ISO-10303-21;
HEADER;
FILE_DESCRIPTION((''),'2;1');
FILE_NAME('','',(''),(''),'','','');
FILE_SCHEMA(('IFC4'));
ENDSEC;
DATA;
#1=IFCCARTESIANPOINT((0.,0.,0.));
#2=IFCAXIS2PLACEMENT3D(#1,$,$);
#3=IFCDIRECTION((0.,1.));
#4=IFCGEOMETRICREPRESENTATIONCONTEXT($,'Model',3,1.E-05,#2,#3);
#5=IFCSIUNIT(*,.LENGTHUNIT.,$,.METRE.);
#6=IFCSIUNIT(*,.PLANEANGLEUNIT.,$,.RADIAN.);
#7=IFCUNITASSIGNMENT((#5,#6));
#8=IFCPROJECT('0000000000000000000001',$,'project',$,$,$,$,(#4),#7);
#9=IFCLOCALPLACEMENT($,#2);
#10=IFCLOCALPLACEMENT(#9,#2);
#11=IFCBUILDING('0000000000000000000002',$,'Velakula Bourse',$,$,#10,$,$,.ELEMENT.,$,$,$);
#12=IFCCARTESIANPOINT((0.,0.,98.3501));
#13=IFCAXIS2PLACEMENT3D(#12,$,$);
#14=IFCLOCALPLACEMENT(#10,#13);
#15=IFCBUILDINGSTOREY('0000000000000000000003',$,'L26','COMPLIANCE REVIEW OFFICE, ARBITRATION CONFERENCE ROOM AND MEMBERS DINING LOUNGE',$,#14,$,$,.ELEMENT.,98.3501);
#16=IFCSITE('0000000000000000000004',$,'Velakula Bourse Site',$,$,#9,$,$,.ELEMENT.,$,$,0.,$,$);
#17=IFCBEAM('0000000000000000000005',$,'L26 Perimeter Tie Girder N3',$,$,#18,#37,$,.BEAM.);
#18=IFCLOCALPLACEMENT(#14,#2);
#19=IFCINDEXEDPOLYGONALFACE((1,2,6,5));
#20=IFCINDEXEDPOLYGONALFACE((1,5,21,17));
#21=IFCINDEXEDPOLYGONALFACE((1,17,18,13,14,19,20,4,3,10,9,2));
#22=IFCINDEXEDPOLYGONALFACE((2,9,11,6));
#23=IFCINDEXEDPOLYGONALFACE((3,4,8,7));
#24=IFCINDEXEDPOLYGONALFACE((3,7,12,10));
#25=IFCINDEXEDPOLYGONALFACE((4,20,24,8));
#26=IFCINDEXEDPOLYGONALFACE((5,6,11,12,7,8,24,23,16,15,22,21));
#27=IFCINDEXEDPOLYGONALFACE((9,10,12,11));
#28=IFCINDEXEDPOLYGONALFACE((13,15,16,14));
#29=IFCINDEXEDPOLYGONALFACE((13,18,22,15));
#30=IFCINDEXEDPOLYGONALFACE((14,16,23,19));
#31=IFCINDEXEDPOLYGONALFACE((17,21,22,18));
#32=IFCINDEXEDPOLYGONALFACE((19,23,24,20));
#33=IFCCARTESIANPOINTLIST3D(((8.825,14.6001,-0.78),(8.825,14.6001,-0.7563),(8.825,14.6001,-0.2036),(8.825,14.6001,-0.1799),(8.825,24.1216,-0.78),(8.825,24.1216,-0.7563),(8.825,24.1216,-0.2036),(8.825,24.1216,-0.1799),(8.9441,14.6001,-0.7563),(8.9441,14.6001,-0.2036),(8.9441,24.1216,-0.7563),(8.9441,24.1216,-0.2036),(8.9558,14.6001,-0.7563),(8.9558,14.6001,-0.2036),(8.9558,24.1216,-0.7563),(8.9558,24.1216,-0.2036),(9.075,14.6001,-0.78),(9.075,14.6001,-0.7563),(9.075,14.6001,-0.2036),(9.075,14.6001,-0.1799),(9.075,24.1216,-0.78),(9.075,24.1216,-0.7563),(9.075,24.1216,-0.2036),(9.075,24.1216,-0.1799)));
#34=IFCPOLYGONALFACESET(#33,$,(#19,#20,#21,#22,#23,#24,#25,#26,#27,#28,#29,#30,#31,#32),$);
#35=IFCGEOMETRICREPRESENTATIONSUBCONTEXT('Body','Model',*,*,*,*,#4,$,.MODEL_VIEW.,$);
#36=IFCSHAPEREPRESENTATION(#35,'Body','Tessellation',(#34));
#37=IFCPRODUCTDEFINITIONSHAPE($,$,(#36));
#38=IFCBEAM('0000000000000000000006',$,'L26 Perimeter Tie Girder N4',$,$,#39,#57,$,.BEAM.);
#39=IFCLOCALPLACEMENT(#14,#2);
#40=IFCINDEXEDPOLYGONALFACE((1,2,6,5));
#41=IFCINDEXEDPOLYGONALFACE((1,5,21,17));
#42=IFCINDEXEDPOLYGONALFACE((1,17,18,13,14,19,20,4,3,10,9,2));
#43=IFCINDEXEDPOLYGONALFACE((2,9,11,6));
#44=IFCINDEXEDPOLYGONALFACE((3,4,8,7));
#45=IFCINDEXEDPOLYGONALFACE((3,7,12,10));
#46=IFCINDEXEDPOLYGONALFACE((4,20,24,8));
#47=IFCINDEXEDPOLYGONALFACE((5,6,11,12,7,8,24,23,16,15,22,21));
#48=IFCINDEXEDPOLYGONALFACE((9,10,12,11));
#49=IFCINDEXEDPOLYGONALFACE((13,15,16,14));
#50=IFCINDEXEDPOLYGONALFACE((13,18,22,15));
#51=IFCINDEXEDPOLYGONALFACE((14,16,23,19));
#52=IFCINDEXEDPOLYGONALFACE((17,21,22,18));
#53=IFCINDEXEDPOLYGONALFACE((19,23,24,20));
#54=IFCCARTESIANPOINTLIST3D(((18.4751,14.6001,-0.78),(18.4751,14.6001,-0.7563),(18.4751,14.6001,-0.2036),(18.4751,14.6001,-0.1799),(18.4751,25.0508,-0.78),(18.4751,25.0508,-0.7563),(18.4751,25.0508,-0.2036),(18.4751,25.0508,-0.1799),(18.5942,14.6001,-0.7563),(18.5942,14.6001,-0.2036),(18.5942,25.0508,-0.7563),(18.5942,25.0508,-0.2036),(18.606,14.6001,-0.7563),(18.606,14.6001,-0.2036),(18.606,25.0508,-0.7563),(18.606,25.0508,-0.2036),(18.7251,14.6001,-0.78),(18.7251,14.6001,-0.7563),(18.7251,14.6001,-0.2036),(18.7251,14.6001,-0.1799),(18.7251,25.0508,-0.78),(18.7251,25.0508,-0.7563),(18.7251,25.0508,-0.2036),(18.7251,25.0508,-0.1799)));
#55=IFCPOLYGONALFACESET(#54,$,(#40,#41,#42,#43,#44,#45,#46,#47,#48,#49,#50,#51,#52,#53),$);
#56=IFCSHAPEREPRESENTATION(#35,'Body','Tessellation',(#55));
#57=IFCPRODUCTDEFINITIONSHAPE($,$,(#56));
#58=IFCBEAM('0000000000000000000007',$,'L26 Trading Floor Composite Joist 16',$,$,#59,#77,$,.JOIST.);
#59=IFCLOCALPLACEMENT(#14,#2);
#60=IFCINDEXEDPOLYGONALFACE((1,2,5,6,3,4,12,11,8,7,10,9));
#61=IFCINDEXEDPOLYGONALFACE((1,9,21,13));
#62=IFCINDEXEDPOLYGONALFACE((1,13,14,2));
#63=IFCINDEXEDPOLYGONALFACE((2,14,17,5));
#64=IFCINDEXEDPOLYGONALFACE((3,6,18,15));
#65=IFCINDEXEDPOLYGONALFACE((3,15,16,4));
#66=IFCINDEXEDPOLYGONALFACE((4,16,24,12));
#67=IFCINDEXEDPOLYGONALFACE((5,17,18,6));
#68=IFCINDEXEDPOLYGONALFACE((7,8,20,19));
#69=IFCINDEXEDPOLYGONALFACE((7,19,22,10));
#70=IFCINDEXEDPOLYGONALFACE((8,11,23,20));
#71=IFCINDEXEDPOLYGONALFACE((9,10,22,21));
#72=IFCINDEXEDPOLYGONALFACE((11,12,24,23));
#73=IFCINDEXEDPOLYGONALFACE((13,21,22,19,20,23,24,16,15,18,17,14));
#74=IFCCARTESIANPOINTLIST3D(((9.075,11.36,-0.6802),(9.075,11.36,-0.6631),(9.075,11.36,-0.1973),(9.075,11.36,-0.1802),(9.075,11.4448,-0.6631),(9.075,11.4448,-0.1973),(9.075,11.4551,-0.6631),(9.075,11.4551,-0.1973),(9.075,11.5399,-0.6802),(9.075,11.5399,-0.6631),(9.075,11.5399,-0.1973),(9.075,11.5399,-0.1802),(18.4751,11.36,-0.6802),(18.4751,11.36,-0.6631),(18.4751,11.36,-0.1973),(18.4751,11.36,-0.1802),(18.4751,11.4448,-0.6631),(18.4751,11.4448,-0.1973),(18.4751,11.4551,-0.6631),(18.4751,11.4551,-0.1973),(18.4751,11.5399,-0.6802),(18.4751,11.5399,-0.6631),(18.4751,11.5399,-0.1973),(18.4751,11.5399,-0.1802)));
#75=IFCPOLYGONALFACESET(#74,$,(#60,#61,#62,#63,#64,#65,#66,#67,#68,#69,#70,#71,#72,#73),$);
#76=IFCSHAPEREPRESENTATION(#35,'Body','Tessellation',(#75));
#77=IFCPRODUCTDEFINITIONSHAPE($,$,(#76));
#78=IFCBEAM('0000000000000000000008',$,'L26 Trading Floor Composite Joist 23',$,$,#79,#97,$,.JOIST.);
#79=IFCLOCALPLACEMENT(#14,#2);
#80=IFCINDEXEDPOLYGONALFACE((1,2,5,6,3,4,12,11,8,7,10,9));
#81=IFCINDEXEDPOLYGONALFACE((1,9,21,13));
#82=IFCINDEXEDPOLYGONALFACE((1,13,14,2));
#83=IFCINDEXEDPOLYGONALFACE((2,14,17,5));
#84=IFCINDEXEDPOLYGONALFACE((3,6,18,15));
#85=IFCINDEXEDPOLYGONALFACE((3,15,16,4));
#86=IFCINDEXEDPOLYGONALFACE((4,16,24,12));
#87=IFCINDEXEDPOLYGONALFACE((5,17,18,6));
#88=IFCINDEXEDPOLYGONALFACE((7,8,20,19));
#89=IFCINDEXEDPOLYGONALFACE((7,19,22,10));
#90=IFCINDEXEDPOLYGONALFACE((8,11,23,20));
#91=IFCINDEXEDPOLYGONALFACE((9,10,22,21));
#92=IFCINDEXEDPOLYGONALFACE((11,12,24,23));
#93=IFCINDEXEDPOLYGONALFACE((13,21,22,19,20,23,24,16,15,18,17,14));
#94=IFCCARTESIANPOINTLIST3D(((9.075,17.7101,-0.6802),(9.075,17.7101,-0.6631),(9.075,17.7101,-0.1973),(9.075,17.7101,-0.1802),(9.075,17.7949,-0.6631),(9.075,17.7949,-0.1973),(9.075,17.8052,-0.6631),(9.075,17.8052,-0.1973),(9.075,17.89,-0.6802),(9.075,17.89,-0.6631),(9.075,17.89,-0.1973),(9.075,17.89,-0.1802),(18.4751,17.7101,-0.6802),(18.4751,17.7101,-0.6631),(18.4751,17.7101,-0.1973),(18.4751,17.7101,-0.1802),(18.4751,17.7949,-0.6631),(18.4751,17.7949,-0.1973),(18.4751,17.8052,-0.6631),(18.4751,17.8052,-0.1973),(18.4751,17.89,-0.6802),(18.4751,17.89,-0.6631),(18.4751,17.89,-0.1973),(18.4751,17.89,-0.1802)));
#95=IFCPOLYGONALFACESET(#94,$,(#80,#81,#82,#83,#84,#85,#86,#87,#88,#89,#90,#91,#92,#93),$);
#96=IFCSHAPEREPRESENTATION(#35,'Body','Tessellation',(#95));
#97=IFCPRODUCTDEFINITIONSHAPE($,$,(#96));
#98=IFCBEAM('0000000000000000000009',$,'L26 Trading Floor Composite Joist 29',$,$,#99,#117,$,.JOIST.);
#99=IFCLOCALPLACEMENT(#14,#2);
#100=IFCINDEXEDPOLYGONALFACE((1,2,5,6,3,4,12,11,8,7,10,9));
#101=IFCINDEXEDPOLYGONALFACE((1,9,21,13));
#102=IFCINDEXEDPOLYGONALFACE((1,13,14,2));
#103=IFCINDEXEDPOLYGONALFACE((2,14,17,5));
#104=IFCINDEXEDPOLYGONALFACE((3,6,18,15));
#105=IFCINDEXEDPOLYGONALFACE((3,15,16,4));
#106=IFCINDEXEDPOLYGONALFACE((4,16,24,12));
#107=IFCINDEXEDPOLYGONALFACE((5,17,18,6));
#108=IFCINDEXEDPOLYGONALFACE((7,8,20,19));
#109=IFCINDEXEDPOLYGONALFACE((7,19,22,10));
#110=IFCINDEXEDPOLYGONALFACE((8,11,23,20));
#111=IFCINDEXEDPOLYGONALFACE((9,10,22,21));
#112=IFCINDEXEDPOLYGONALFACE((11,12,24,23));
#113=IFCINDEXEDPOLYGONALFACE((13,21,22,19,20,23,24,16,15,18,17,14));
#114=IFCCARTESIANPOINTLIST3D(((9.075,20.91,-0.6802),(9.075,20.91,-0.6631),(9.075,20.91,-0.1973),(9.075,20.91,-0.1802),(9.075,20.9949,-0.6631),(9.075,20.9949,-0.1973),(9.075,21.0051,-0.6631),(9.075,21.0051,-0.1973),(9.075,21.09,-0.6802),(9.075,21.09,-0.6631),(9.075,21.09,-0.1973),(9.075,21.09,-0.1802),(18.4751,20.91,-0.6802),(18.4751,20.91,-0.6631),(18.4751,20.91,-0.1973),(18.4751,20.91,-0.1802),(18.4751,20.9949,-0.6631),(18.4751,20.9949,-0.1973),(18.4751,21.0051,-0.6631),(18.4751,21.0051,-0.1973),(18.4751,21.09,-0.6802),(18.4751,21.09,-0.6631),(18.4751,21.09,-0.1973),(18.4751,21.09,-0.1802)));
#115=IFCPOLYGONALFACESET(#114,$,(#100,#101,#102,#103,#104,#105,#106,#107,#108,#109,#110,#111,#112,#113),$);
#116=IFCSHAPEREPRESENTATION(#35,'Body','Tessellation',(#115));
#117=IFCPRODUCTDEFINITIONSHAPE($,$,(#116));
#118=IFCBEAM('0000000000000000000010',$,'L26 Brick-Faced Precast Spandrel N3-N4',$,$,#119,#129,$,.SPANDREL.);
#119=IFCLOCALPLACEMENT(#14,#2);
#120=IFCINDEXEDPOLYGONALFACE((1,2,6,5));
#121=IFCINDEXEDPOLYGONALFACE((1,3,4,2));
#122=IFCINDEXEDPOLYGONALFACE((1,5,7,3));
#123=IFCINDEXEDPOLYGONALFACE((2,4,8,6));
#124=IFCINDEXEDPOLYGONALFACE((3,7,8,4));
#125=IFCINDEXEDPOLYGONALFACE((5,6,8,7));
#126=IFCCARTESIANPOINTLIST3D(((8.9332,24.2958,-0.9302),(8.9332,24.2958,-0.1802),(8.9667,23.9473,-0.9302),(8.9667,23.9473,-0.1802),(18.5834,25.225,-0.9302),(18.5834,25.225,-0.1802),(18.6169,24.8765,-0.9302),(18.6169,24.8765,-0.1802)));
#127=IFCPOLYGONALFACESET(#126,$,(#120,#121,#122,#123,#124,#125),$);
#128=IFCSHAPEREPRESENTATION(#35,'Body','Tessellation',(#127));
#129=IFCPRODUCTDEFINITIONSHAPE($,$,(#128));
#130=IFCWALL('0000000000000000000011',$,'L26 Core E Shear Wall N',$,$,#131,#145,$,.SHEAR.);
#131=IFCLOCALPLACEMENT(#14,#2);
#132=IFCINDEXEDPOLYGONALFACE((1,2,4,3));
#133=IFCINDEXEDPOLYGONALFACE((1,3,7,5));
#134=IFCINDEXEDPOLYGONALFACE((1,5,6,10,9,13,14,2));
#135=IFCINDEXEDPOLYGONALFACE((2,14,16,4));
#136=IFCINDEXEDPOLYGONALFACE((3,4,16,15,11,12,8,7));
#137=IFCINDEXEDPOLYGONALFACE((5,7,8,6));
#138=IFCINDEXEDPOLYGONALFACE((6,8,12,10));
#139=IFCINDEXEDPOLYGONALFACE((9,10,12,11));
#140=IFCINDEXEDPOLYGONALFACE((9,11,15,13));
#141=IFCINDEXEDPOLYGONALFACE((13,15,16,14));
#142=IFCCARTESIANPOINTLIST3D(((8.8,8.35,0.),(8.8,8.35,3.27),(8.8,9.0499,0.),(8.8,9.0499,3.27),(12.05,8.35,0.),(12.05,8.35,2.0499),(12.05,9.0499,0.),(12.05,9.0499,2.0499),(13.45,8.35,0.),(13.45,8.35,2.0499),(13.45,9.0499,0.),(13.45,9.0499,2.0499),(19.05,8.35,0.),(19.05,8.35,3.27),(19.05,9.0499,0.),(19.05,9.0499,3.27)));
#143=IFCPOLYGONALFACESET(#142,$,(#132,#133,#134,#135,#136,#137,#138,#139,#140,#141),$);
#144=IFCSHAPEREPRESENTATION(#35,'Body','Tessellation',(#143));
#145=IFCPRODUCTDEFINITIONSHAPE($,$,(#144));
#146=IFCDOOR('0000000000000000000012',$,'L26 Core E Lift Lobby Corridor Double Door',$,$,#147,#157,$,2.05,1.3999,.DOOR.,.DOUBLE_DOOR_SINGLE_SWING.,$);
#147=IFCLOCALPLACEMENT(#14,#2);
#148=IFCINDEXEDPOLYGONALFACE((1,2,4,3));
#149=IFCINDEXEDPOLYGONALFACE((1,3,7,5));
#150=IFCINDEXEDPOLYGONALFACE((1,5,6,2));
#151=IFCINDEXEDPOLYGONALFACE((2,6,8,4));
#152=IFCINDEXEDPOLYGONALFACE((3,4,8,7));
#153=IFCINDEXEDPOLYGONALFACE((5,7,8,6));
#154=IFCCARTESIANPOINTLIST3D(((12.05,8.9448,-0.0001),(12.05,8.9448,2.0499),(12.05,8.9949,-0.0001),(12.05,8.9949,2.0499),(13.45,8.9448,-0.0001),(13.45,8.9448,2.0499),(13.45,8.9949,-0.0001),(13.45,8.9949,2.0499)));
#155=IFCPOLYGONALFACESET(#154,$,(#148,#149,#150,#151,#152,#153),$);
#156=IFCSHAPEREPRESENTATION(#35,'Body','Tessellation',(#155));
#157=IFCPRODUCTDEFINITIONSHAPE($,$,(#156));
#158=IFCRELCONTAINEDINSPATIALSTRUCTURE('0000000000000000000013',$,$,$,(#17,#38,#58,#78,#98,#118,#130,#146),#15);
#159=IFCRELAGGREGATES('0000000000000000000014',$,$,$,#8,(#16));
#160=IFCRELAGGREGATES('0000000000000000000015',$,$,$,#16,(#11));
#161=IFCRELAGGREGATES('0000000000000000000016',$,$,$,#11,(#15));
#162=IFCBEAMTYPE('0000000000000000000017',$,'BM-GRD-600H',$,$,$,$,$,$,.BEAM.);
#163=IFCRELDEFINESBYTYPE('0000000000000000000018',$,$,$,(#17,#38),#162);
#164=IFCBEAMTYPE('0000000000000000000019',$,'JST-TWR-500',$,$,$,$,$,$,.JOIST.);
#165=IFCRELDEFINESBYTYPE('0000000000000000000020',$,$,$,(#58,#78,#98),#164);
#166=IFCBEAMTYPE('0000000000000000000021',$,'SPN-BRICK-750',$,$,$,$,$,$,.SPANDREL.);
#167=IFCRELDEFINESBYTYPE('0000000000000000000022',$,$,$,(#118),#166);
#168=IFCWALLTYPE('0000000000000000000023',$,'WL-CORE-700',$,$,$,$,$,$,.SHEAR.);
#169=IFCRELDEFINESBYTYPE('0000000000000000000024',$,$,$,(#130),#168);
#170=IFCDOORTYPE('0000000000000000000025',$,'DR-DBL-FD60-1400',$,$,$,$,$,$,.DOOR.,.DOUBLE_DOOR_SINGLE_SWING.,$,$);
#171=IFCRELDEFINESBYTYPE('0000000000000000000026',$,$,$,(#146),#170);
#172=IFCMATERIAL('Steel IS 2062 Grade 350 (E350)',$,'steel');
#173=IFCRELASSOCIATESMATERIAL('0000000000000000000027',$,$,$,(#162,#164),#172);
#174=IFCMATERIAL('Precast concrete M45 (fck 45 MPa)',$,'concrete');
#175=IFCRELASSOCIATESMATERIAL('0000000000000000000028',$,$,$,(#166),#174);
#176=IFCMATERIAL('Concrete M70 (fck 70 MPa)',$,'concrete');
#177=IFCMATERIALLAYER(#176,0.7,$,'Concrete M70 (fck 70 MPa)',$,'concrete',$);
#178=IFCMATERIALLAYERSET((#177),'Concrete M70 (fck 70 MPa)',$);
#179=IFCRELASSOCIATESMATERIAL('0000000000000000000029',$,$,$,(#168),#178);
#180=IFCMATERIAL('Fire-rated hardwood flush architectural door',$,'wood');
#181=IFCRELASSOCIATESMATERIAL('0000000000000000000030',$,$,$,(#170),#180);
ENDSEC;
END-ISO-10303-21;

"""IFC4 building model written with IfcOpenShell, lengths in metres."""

from ifc_helpers import new_model, si_unit, direction, frame, frame_2d, origin, origin_2d, place, context, subcontext, project, spatial, rectangle, i_section, extrude, material, layer, layer_set, material_profile, profile_set, type_object, element, fill, save


model = new_model("IFC4")

# Units and contexts
model_context = context("Model", 3, precision=1e-05, world=origin(), true_north=direction((0.0, 1.0)))
body_context = subcontext(model_context, "Body", "Model", "MODEL_VIEW")
ifc_project = project(units=[si_unit("LENGTHUNIT", "METRE"), si_unit("PLANEANGLEUNIT", "RADIAN")], contexts=[model_context])

# Site, building, storey
site_placement = place(None, origin())
site = spatial("IfcSite", under=ifc_project, at=site_placement, Name="Velakula Bourse Site", CompositionType="ELEMENT", RefElevation=0.0)
building_placement = place(site_placement, origin())
building = spatial("IfcBuilding", under=site, at=building_placement, Name="Velakula Bourse", CompositionType="ELEMENT")
storey_placement = place(building_placement, frame((0.0, 0.0, 98.3501)))
storey = spatial("IfcBuildingStorey", under=building, at=storey_placement, Name="L26", Description="COMPLIANCE REVIEW OFFICE, ARBITRATION CONFERENCE ROOM AND MEMBERS DINING LOUNGE", CompositionType="ELEMENT", Elevation=98.3501)

# Shared definitions
ifc_material_1 = material(Name="Concrete M70 (fck 70 MPa)", Category="concrete")

# Beams
ifc_material_2 = material(Name="Steel IS 2062 Grade 350 (E350)", Category="steel")
ifc_material_profile_1 = material_profile(ifc_material_2, i_section(OverallWidth=0.25, OverallDepth=0.6001, WebThickness=0.0117, FlangeThickness=0.0237, at=origin_2d()), Name="Steel IS 2062 Grade 350 (E350)")
ifc_profile_set_1 = profile_set([ifc_material_profile_1], Name="Steel IS 2062 Grade 350 (E350)")
beam_type_1 = type_object("IfcBeamType", Name="BM-GRD-600H", PredefinedType="BEAM", material=ifc_profile_set_1)
beam_1_placement = place(storey_placement, frame((8.95, 14.6001, -0.48), z_axis=(0.0, 1.0, 0.0), x_axis=(-1.0, 0.0, 0.0)))
element("IfcBeam", 1, at=beam_1_placement, inside=storey, type_object=beam_type_1, Name="L26 Perimeter Tie Girder N3", PredefinedType="BEAM", context=body_context, shape_type="SweptSolid", body=[
    extrude(i_section(OverallWidth=0.25, OverallDepth=0.6001, WebThickness=0.0117, FlangeThickness=0.0237, at=origin_2d()), origin(), (0.0, 0.0, 1.0), 9.5215),
])
beam_2_placement = place(storey_placement, frame((18.6001, 14.6001, -0.48), z_axis=(0.0, 1.0, 0.0), x_axis=(-1.0, 0.0, 0.0)))
element("IfcBeam", 2, at=beam_2_placement, inside=storey, type_object=beam_type_1, Name="L26 Perimeter Tie Girder N4", PredefinedType="BEAM", context=body_context, shape_type="SweptSolid", body=[
    extrude(i_section(OverallWidth=0.25, OverallDepth=0.6001, WebThickness=0.0117, FlangeThickness=0.0237, at=origin_2d()), origin(), (0.0, 0.0, 1.0), 10.4507),
])
ifc_material_profile_2 = material_profile(ifc_material_2, i_section(OverallWidth=0.1799, OverallDepth=0.5, WebThickness=0.0103, FlangeThickness=0.0171, at=origin_2d()), Name="Steel IS 2062 Grade 350 (E350)")
ifc_profile_set_2 = profile_set([ifc_material_profile_2], Name="Steel IS 2062 Grade 350 (E350)")
beam_type_2 = type_object("IfcBeamType", Name="JST-TWR-500", PredefinedType="JOIST", material=ifc_profile_set_2)
for number, where, z_axis, x_axis, name in (
    (3, (9.075, 11.45, -0.4302), (1.0, 0.0, 0.0), (0.0, 1.0, 0.0), "L26 Trading Floor Composite Joist 16"),
    (4, (9.075, 17.8, -0.4302), (1.0, 0.0, 0.0), (0.0, 1.0, 0.0), "L26 Trading Floor Composite Joist 23"),
    (5, (9.075, 21.0, -0.4302), (1.0, 0.0, 0.0), (0.0, 1.0, 0.0), "L26 Trading Floor Composite Joist 29"),
):
    element("IfcBeam", number, at=place(storey_placement, frame(where, z_axis=z_axis, x_axis=x_axis)), inside=storey, type_object=beam_type_2, Name=name, PredefinedType="JOIST", context=body_context, shape_type="SweptSolid", body=[
        extrude(i_section(OverallWidth=0.1799, OverallDepth=0.5, WebThickness=0.0103, FlangeThickness=0.0171, at=origin_2d()), origin(), (0.0, 0.0, 1.0), 9.4001),
    ])
ifc_material_3 = material(Name="Precast concrete M45 (fck 45 MPa)", Category="concrete")
ifc_material_profile_3 = material_profile(ifc_material_3, rectangle(XDim=0.3501, YDim=0.75, at=origin_2d()), Name="Precast concrete M45 (fck 45 MPa)")
ifc_profile_set_3 = profile_set([ifc_material_profile_3], Name="Precast concrete M45 (fck 45 MPa)")
beam_type_3 = type_object("IfcBeamType", Name="SPN-BRICK-750", PredefinedType="SPANDREL", material=ifc_profile_set_3)
beam_3_placement = place(storey_placement, frame((8.95, 24.1216, -0.5552), z_axis=(0.995396, 0.095845, 0.0), x_axis=(-0.095845, 0.995396, 0.0)))
element("IfcBeam", 6, at=beam_3_placement, inside=storey, type_object=beam_type_3, Name="L26 Brick-Faced Precast Spandrel N3-N4", PredefinedType="SPANDREL", context=body_context, shape_type="SweptSolid", body=[
    extrude(rectangle(XDim=0.3501, YDim=0.75, at=origin_2d()), origin(), (0.0, 0.0, 1.0), 9.6948),
])

# Wall, opening, door
ifc_layer_1 = layer(ifc_material_1, 0.7, Name="Concrete M70 (fck 70 MPa)", Category="concrete")
ifc_layer_set_1 = layer_set([ifc_layer_1], Name="Concrete M70 (fck 70 MPa)")
wall_type_1 = type_object("IfcWallType", Name="WL-CORE-700", PredefinedType="SHEAR", material=ifc_layer_set_1)
wall_1_placement = place(storey_placement, frame((8.8, 8.7, 0.0), z_axis=(0.0, 0.0, 1.0), x_axis=(1.0, 0.0, 0.0)))
wall_1 = element("IfcWall", 7, at=wall_1_placement, inside=storey, type_object=wall_type_1, Name="L26 Core E Shear Wall N", PredefinedType="SHEAR", context=body_context, shape_type="SweptSolid", body=[
    extrude(rectangle(XDim=10.25, YDim=0.7, at=frame_2d((5.125, 0.0))), origin(), (0.0, 0.0, 1.0), 3.27),
])
opening_1_placement = place(wall_1_placement, frame((3.25, 0.0, 0.0)))
opening_1 = element("IfcOpeningElement", 8, at=opening_1_placement, cuts=wall_1, PredefinedType="OPENING", context=body_context, shape_type="SweptSolid", body=[
    extrude(rectangle(XDim=1.3999, YDim=2.05, at=frame_2d((0.7, 1.0249))), frame((0.0, 0.3599, 0.0), z_axis=(0.0, -1.0, 0.0), x_axis=(1.0, 0.0, 0.0)), (0.0, 0.0, 1.0), 0.72),
])
ifc_material_4 = material(Name="Fire-rated hardwood flush architectural door", Category="wood")
door_type = type_object("IfcDoorType", Name="DR-DBL-FD60-1400", OperationType="DOUBLE_DOOR_SINGLE_SWING", PredefinedType="DOOR", material=ifc_material_4)
door_placement = place(opening_1_placement, origin())
door = element("IfcDoor", 9, at=door_placement, inside=storey, type_object=door_type, Name="L26 Core E Lift Lobby Corridor Double Door", OperationType="DOUBLE_DOOR_SINGLE_SWING", OverallHeight=2.05, OverallWidth=1.3999, PredefinedType="DOOR", context=body_context, shape_type="SweptSolid", body=[
    extrude(rectangle(XDim=1.3999, YDim=2.05, at=frame_2d((0.7, 1.0249))), frame((0.0, 0.2949, 0.0), z_axis=(0.0, -1.0, 0.0), x_axis=(1.0, 0.0, 0.0)), (0.0, 0.0, 1.0), 0.05),
])
fill(opening_1, door)

save(model, "model.ifc")
